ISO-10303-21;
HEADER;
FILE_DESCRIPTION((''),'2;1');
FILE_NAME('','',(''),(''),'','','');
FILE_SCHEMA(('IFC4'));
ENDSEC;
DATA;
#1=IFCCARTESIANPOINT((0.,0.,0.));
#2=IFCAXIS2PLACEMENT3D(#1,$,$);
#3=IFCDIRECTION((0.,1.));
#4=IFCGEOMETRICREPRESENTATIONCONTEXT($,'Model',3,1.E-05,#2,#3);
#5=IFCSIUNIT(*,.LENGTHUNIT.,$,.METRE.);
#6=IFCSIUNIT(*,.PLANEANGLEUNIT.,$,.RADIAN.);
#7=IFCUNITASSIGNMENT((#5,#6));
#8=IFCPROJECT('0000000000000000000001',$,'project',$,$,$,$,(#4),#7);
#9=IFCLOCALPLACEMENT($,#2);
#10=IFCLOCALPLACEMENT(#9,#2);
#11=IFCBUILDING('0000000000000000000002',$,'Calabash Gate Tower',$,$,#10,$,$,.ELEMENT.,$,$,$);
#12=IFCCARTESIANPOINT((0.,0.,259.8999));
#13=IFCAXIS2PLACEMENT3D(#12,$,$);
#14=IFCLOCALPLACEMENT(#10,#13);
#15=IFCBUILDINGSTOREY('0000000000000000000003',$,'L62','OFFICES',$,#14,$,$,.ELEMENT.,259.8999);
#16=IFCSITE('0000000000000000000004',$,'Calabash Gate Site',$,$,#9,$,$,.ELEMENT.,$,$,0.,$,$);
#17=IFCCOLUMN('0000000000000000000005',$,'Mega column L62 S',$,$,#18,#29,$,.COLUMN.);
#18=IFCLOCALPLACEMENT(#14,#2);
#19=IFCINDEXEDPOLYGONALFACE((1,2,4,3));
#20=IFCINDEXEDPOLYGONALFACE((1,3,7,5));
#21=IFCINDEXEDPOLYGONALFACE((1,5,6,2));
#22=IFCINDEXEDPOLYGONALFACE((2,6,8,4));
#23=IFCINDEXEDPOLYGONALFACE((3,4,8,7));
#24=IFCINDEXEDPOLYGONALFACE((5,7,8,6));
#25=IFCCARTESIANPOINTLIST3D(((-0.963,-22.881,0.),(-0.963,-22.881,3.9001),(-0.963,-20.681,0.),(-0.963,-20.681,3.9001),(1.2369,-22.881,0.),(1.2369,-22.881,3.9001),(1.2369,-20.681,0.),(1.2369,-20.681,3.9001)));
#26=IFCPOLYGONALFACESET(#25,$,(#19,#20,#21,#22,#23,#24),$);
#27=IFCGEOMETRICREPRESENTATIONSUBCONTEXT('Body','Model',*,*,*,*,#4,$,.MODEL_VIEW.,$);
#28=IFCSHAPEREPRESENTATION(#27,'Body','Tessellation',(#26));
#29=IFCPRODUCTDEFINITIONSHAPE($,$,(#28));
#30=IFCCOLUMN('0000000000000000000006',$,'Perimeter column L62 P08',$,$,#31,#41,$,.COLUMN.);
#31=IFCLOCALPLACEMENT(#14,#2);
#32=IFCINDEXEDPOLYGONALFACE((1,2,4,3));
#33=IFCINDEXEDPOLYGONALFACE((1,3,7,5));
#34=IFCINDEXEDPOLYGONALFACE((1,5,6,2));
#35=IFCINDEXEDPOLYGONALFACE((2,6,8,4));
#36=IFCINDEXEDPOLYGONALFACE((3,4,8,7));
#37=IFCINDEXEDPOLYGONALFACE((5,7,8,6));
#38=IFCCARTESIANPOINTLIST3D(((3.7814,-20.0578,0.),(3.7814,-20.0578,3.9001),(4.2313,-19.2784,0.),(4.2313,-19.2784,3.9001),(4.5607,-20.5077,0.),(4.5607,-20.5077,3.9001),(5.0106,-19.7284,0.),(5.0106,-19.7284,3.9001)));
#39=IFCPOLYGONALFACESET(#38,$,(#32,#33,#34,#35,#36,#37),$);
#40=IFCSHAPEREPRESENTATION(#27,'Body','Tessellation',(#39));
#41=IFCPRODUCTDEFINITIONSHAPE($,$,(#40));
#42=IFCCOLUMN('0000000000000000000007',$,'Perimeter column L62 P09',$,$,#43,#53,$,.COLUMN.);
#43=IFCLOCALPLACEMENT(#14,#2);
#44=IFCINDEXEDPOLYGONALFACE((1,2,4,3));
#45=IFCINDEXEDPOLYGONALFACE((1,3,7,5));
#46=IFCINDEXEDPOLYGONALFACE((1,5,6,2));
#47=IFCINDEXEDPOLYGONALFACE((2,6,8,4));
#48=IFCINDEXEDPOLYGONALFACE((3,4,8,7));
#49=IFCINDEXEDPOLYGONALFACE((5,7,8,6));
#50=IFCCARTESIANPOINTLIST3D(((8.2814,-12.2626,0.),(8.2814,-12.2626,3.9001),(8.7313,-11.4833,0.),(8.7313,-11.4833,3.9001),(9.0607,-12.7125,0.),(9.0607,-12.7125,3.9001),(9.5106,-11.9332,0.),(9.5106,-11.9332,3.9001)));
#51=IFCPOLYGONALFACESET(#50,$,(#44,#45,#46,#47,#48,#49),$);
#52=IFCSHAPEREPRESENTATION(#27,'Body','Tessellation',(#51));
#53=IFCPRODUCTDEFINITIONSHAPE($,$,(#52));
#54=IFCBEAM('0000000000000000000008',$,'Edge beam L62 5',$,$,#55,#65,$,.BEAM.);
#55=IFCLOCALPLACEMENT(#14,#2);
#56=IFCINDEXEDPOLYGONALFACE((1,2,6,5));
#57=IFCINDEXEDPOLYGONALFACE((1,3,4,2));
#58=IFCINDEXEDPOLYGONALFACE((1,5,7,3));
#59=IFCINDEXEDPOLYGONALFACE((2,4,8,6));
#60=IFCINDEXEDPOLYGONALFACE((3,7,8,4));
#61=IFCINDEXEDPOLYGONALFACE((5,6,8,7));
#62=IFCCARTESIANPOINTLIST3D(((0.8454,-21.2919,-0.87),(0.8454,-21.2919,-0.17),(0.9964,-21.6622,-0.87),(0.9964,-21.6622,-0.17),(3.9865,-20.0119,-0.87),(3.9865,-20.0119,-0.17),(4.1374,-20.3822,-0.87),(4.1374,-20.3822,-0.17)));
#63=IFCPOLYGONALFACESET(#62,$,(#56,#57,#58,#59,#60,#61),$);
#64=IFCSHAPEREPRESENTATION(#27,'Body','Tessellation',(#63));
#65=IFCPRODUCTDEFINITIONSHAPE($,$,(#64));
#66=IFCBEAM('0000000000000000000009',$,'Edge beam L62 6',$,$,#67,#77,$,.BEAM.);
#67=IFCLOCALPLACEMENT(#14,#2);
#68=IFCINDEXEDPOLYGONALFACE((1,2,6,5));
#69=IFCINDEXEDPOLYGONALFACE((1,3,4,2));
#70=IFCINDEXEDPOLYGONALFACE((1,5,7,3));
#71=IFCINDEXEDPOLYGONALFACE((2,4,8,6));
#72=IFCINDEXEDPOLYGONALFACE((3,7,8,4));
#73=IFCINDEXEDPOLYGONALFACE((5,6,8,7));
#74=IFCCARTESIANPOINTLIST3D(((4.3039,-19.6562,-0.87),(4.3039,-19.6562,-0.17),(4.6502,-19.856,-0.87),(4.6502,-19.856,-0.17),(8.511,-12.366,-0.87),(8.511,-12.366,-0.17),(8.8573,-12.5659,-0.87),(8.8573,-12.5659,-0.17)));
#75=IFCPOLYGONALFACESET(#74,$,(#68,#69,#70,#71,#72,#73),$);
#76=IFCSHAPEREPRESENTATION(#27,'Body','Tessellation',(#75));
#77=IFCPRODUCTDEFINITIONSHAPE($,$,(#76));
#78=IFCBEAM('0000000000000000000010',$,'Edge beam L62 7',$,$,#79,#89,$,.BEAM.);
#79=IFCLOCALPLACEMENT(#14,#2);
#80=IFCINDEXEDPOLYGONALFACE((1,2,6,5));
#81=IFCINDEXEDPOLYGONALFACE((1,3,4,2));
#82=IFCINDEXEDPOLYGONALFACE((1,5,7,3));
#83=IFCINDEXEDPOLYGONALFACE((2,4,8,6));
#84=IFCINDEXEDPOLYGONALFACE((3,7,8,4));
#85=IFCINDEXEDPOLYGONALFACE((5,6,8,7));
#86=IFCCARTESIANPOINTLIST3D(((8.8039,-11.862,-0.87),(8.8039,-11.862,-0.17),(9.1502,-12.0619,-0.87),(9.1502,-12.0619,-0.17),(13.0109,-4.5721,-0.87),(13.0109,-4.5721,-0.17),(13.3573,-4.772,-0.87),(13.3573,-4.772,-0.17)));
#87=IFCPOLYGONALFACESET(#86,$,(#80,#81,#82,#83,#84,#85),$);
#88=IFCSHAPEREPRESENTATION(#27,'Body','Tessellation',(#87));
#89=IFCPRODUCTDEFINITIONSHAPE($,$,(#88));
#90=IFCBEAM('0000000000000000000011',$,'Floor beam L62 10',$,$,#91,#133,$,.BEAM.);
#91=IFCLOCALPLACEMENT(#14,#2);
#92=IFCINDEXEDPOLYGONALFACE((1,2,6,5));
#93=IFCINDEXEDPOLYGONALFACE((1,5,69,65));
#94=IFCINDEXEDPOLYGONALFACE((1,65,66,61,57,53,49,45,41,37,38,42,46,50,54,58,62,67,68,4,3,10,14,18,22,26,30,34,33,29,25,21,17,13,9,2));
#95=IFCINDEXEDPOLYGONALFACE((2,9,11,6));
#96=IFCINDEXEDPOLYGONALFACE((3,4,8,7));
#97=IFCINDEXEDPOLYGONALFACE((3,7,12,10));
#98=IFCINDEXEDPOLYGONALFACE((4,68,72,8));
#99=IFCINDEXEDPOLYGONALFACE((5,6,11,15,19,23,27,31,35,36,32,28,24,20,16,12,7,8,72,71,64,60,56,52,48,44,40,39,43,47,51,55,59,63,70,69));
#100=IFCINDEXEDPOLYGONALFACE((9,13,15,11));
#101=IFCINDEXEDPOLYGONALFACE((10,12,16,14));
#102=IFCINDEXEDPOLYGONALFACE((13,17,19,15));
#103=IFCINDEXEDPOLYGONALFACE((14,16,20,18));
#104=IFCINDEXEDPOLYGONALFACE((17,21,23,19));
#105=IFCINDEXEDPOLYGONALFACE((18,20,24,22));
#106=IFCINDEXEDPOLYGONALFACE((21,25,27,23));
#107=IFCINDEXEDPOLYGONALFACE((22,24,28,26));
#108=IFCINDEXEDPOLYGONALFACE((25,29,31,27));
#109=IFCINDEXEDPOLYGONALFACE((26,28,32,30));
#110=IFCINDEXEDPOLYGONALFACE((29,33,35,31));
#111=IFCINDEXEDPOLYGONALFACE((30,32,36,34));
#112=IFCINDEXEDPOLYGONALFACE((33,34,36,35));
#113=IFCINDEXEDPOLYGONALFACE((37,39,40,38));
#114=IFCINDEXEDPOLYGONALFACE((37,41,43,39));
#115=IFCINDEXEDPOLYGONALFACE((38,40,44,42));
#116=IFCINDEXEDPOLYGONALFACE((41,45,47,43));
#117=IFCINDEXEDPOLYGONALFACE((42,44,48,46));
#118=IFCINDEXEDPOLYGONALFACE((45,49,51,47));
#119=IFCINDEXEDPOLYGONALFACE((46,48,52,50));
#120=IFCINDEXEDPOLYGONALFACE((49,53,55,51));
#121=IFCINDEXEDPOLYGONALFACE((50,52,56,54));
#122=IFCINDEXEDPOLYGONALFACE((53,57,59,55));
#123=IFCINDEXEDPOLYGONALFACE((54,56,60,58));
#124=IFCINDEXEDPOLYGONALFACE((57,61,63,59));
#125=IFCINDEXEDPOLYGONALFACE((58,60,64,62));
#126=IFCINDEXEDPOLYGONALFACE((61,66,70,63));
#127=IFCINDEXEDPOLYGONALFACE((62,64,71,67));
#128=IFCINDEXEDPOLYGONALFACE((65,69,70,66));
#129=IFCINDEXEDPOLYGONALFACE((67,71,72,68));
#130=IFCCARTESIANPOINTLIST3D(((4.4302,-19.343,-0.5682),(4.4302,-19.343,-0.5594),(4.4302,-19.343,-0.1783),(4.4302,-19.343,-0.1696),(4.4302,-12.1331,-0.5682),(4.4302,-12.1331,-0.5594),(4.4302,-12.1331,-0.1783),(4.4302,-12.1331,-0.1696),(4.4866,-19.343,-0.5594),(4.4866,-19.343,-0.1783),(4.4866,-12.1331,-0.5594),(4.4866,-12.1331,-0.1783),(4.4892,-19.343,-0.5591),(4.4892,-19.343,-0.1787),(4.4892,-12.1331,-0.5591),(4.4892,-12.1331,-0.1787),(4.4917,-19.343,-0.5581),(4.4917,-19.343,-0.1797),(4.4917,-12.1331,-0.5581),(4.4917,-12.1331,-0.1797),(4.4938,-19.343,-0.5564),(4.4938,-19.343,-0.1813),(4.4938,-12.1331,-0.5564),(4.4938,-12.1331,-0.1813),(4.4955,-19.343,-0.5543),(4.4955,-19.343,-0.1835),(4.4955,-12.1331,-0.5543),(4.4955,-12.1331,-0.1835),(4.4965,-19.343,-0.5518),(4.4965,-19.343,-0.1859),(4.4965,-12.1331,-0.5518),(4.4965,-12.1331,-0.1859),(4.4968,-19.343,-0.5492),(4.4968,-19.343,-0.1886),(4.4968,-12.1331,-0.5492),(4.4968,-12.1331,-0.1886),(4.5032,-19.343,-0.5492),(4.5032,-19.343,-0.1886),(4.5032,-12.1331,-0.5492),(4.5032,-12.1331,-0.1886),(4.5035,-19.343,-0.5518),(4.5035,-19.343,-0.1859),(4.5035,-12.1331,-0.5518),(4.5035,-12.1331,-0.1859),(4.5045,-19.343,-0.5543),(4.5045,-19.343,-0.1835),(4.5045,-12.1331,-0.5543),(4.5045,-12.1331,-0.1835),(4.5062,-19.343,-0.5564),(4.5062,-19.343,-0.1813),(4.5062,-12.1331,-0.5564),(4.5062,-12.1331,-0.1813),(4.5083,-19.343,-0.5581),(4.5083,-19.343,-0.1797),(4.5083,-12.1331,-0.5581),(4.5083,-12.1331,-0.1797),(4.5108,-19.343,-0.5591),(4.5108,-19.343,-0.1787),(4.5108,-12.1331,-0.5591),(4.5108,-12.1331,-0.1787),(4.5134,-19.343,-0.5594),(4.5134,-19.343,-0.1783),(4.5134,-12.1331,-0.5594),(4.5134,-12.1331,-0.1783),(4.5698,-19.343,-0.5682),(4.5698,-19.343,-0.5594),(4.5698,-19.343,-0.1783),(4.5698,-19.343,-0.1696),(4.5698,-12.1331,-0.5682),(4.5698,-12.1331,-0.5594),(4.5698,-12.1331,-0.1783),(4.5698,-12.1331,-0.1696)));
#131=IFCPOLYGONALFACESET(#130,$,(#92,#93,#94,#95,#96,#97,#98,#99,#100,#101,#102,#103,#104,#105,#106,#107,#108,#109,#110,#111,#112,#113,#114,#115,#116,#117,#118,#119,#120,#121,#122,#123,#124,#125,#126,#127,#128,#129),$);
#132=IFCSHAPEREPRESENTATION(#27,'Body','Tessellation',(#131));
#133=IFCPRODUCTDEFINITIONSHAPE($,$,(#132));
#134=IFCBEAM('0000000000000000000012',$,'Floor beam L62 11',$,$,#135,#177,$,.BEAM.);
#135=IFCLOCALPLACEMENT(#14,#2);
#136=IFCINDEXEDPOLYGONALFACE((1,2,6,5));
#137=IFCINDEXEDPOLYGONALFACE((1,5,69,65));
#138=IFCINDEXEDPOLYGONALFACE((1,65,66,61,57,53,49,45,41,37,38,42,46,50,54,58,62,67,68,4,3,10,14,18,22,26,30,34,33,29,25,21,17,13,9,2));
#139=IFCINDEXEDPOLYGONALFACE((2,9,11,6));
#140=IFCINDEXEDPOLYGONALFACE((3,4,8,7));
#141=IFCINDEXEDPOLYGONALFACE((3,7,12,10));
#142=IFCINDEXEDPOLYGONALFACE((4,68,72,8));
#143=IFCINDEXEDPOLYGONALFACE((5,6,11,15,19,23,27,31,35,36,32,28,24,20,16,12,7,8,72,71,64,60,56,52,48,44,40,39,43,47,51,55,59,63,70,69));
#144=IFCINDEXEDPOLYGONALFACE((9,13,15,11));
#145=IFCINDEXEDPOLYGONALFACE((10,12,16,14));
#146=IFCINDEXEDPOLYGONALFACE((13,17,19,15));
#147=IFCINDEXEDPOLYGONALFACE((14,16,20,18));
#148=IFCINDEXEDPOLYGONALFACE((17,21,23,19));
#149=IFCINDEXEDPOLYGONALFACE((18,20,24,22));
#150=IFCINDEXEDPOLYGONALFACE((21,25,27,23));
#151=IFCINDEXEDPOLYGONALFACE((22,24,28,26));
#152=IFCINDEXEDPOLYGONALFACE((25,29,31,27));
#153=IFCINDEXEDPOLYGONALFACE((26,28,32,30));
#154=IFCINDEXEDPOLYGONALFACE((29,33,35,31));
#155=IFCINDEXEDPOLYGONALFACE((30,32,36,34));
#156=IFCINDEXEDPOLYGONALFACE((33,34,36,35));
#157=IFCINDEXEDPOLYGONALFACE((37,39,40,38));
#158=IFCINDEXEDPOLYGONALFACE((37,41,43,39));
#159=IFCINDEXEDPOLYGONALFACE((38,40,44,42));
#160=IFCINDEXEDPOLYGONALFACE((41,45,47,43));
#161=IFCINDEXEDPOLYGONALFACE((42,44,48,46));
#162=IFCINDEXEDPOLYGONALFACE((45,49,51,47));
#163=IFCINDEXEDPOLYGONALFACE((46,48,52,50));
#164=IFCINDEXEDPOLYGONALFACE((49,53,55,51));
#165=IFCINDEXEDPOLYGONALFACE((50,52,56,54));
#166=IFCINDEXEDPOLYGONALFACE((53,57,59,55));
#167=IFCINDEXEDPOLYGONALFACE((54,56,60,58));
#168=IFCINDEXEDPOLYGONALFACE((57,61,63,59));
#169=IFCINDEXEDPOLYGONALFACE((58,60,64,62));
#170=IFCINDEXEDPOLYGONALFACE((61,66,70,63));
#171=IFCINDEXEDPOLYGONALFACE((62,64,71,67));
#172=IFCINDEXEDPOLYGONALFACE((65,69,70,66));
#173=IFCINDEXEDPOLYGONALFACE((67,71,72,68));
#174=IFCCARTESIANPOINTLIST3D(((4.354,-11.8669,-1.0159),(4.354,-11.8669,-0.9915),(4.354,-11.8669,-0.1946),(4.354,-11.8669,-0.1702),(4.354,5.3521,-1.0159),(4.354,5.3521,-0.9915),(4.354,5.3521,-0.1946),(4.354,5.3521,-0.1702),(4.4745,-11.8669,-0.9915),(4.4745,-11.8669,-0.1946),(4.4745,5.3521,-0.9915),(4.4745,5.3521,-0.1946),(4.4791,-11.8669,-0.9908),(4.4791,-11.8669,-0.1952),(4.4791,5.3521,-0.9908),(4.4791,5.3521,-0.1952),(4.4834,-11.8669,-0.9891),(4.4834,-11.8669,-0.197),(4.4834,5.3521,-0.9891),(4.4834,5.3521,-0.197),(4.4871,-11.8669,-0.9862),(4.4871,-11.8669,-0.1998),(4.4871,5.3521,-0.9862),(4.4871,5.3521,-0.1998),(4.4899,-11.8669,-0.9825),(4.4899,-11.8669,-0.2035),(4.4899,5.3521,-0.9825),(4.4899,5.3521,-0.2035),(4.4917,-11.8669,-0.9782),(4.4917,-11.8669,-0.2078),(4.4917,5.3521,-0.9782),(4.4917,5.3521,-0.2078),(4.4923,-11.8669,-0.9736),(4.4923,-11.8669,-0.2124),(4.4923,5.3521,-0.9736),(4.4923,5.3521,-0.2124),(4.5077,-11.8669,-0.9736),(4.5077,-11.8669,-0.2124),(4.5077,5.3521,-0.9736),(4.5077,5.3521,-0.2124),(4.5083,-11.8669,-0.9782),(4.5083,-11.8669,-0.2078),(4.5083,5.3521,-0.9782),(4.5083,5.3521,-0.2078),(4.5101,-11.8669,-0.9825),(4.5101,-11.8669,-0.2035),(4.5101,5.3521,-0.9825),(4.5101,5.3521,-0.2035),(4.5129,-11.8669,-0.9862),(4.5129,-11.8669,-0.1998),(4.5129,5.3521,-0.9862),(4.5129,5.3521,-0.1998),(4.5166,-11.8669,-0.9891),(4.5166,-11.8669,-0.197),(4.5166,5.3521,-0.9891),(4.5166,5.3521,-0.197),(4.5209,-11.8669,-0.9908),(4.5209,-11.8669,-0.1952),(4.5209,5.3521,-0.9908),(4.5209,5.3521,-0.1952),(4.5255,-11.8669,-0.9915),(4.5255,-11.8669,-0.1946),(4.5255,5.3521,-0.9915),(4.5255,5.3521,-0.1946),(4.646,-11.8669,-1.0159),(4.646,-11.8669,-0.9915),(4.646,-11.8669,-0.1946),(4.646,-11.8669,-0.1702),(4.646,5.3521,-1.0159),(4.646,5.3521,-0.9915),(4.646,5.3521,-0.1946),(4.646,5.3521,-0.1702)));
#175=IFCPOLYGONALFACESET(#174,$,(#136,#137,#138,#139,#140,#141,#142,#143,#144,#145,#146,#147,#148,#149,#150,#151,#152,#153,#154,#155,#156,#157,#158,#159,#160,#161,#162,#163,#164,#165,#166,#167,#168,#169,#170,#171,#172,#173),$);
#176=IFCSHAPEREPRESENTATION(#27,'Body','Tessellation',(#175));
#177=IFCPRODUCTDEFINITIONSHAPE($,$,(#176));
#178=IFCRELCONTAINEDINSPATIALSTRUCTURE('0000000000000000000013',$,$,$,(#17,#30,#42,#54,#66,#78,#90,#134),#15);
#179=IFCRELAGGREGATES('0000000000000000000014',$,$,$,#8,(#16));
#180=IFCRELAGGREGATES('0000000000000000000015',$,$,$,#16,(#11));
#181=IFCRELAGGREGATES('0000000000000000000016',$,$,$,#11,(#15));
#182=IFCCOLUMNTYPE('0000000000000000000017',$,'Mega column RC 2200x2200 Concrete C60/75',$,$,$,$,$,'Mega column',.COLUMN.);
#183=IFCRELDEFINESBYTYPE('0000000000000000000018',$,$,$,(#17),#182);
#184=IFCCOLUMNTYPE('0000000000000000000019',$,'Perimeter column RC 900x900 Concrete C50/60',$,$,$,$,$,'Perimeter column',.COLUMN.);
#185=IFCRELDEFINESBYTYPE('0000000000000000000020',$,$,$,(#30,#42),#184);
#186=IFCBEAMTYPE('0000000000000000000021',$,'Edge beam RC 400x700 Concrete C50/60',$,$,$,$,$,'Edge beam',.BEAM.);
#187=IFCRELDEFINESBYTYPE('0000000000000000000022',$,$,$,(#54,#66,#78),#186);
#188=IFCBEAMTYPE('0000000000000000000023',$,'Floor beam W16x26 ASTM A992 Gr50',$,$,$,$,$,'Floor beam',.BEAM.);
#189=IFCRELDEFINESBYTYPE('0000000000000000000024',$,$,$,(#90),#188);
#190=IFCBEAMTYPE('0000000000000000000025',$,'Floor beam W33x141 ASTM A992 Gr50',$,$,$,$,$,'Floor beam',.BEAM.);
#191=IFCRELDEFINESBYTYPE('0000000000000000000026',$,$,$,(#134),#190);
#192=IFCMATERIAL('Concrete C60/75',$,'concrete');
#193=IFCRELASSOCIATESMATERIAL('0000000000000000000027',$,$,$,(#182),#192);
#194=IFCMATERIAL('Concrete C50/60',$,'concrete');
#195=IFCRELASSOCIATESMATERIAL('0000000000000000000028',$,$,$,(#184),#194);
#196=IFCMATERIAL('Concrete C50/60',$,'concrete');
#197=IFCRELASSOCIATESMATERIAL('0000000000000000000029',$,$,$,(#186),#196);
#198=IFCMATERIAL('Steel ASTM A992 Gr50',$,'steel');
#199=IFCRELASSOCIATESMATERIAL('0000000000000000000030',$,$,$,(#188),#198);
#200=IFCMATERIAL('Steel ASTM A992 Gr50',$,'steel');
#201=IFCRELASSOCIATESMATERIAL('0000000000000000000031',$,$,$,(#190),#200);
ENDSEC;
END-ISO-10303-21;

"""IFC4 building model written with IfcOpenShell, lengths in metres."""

from ifc_helpers import new_model, si_unit, direction, frame, origin, origin_2d, place, context, subcontext, project, spatial, rectangle, i_section, extrude, material, material_profile, profile_set, type_object, element, save


model = new_model("IFC4")

# Units and contexts
model_context = context("Model", 3, precision=1e-05, world=origin(), true_north=direction((0.0, 1.0)))
body_context = subcontext(model_context, "Body", "Model", "MODEL_VIEW")
ifc_project = project(units=[si_unit("LENGTHUNIT", "METRE"), si_unit("PLANEANGLEUNIT", "RADIAN")], contexts=[model_context])

# Site, building, storey
site_placement = place(None, origin())
site = spatial("IfcSite", under=ifc_project, at=site_placement, Name="Calabash Gate Site", CompositionType="ELEMENT", RefElevation=0.0)
building_placement = place(site_placement, origin())
building = spatial("IfcBuilding", under=site, at=building_placement, Name="Calabash Gate Tower", CompositionType="ELEMENT")
storey_placement = place(building_placement, frame((0.0, 0.0, 259.8999)))
storey = spatial("IfcBuildingStorey", under=building, at=storey_placement, Name="L62", Description="OFFICES", CompositionType="ELEMENT", Elevation=259.8999)

# Columns
ifc_material_1 = material(Name="Concrete C60/75", Category="concrete")
ifc_material_profile_1 = material_profile(ifc_material_1, rectangle(XDim=2.2, YDim=2.2, at=origin_2d()))
ifc_profile_set_1 = profile_set([ifc_material_profile_1], Name="Concrete C60/75")
column_type_1 = type_object("IfcColumnType", Name="Mega column RC 2200x2200 Concrete C60/75", ElementType="Mega column", PredefinedType="COLUMN", material=ifc_profile_set_1)
column_placement = place(storey_placement, frame((0.137, -21.781, 0.0), z_axis=(0.0, 0.0, 1.0), x_axis=(0.0, 1.0, 0.0)))
element("IfcColumn", 1, at=column_placement, inside=storey, type_object=column_type_1, Name="Mega column L62 S", PredefinedType="COLUMN", context=body_context, shape_type="SweptSolid", body=[
    extrude(rectangle(XDim=2.2, YDim=2.2, at=origin_2d()), origin(), (0.0, 0.0, 1.0), 3.9001),
])
ifc_material_2 = material(Name="Concrete C50/60", Category="concrete")
ifc_material_profile_2 = material_profile(ifc_material_2, rectangle(XDim=0.8999, YDim=0.8999, at=origin_2d()))
ifc_profile_set_2 = profile_set([ifc_material_profile_2], Name="Concrete C50/60")
column_type_2 = type_object("IfcColumnType", Name="Perimeter column RC 900x900 Concrete C50/60", ElementType="Perimeter column", PredefinedType="COLUMN", material=ifc_profile_set_2)
for number, where, z_axis, x_axis, name in (
    (2, (4.396, -19.8931, 0.0), (0.0, 0.0, 1.0), (0.5, 0.866025, 0.0), "Perimeter column L62 P08"),
    (3, (8.896, -12.0979, 0.0), (0.0, 0.0, 1.0), (0.5, 0.866025, 0.0), "Perimeter column L62 P09"),
):
    element("IfcColumn", number, at=place(storey_placement, frame(where, z_axis=z_axis, x_axis=x_axis)), inside=storey, type_object=column_type_2, Name=name, PredefinedType="COLUMN", context=body_context, shape_type="SweptSolid", body=[
        extrude(rectangle(XDim=0.8999, YDim=0.8999, at=origin_2d()), origin(), (0.0, 0.0, 1.0), 3.9001),
    ])

# Beams
ifc_material_3 = material(Name="Concrete C50/60", Category="concrete")
ifc_material_profile_3 = material_profile(ifc_material_3, rectangle(XDim=0.3999, YDim=0.7, at=origin_2d()))
ifc_profile_set_3 = profile_set([ifc_material_profile_3], Name="Concrete C50/60")
beam_type_1 = type_object("IfcBeamType", Name="Edge beam RC 400x700 Concrete C50/60", ElementType="Edge beam", PredefinedType="BEAM", material=ifc_profile_set_3)
beam_1_placement = place(storey_placement, frame((0.9209, -21.4771, -0.52), z_axis=(0.92606, 0.377377, 0.0), x_axis=(-0.377377, 0.92606, 0.0)))
element("IfcBeam", 4, at=beam_1_placement, inside=storey, type_object=beam_type_1, Name="Edge beam L62 5", PredefinedType="BEAM", context=body_context, shape_type="SweptSolid", body=[
    extrude(rectangle(XDim=0.3999, YDim=0.7, at=origin_2d()), origin(), (0.0, 0.0, 1.0), 3.3918),
])
beam_2_placement = place(storey_placement, frame((4.4771, -19.7561, -0.52), z_axis=(0.499833, 0.866122, 0.0), x_axis=(-0.866122, 0.499833, 0.0)))
element("IfcBeam", 5, at=beam_2_placement, inside=storey, type_object=beam_type_1, Name="Edge beam L62 6", PredefinedType="BEAM", context=body_context, shape_type="SweptSolid", body=[
    extrude(rectangle(XDim=0.3999, YDim=0.7, at=origin_2d()), origin(), (0.0, 0.0, 1.0), 8.417),
])
beam_3_placement = place(storey_placement, frame((8.9771, -11.9619, -0.52), z_axis=(0.499845, 0.866115, 0.0), x_axis=(-0.866115, 0.499845, 0.0)))
element("IfcBeam", 6, at=beam_3_placement, inside=storey, type_object=beam_type_1, Name="Edge beam L62 7", PredefinedType="BEAM", context=body_context, shape_type="SweptSolid", body=[
    extrude(rectangle(XDim=0.3999, YDim=0.7, at=origin_2d()), origin(), (0.0, 0.0, 1.0), 8.4167),
])
ifc_material_4 = material(Name="Steel ASTM A992 Gr50", Category="steel")
ifc_material_profile_4 = material_profile(ifc_material_4, i_section(OverallWidth=0.1396, OverallDepth=0.3987, WebThickness=0.0063, FlangeThickness=0.0088, FilletRadius=0.0103, at=origin_2d()))
ifc_profile_set_4 = profile_set([ifc_material_profile_4], Name="Steel ASTM A992 Gr50")
beam_type_2 = type_object("IfcBeamType", Name="Floor beam W16x26 ASTM A992 Gr50", ElementType="Floor beam", PredefinedType="BEAM", material=ifc_profile_set_4)
beam_4_placement = place(storey_placement, frame((4.5, -19.343, -0.3689), z_axis=(0.0, 1.0, 0.0), x_axis=(-1.0, 0.0, 0.0)))
element("IfcBeam", 7, at=beam_4_placement, inside=storey, type_object=beam_type_2, Name="Floor beam L62 10", PredefinedType="BEAM", context=body_context, shape_type="SweptSolid", body=[
    extrude(i_section(OverallWidth=0.1396, OverallDepth=0.3987, WebThickness=0.0063, FlangeThickness=0.0088, FilletRadius=0.0103, at=origin_2d()), origin(), (0.0, 0.0, 1.0), 7.21),
])
ifc_material_5 = material(Name="Steel ASTM A992 Gr50", Category="steel")
ifc_material_profile_5 = material_profile(ifc_material_5, i_section(OverallWidth=0.292, OverallDepth=0.8457, WebThickness=0.0154, FlangeThickness=0.0244, FilletRadius=0.0178, at=origin_2d()))
ifc_profile_set_5 = profile_set([ifc_material_profile_5], Name="Steel ASTM A992 Gr50")
beam_type_3 = type_object("IfcBeamType", Name="Floor beam W33x141 ASTM A992 Gr50", ElementType="Floor beam", PredefinedType="BEAM", material=ifc_profile_set_5)
beam_5_placement = place(storey_placement, frame((4.5, -11.8669, -0.593), z_axis=(0.0, 1.0, 0.0), x_axis=(-1.0, 0.0, 0.0)))
element("IfcBeam", 8, at=beam_5_placement, inside=storey, type_object=beam_type_3, Name="Floor beam L62 11", PredefinedType="BEAM", context=body_context, shape_type="SweptSolid", body=[
    extrude(i_section(OverallWidth=0.292, OverallDepth=0.8457, WebThickness=0.0154, FlangeThickness=0.0244, FilletRadius=0.0178, at=origin_2d()), origin(), (0.0, 0.0, 1.0), 17.219),
])

save(model, "model.ifc")
